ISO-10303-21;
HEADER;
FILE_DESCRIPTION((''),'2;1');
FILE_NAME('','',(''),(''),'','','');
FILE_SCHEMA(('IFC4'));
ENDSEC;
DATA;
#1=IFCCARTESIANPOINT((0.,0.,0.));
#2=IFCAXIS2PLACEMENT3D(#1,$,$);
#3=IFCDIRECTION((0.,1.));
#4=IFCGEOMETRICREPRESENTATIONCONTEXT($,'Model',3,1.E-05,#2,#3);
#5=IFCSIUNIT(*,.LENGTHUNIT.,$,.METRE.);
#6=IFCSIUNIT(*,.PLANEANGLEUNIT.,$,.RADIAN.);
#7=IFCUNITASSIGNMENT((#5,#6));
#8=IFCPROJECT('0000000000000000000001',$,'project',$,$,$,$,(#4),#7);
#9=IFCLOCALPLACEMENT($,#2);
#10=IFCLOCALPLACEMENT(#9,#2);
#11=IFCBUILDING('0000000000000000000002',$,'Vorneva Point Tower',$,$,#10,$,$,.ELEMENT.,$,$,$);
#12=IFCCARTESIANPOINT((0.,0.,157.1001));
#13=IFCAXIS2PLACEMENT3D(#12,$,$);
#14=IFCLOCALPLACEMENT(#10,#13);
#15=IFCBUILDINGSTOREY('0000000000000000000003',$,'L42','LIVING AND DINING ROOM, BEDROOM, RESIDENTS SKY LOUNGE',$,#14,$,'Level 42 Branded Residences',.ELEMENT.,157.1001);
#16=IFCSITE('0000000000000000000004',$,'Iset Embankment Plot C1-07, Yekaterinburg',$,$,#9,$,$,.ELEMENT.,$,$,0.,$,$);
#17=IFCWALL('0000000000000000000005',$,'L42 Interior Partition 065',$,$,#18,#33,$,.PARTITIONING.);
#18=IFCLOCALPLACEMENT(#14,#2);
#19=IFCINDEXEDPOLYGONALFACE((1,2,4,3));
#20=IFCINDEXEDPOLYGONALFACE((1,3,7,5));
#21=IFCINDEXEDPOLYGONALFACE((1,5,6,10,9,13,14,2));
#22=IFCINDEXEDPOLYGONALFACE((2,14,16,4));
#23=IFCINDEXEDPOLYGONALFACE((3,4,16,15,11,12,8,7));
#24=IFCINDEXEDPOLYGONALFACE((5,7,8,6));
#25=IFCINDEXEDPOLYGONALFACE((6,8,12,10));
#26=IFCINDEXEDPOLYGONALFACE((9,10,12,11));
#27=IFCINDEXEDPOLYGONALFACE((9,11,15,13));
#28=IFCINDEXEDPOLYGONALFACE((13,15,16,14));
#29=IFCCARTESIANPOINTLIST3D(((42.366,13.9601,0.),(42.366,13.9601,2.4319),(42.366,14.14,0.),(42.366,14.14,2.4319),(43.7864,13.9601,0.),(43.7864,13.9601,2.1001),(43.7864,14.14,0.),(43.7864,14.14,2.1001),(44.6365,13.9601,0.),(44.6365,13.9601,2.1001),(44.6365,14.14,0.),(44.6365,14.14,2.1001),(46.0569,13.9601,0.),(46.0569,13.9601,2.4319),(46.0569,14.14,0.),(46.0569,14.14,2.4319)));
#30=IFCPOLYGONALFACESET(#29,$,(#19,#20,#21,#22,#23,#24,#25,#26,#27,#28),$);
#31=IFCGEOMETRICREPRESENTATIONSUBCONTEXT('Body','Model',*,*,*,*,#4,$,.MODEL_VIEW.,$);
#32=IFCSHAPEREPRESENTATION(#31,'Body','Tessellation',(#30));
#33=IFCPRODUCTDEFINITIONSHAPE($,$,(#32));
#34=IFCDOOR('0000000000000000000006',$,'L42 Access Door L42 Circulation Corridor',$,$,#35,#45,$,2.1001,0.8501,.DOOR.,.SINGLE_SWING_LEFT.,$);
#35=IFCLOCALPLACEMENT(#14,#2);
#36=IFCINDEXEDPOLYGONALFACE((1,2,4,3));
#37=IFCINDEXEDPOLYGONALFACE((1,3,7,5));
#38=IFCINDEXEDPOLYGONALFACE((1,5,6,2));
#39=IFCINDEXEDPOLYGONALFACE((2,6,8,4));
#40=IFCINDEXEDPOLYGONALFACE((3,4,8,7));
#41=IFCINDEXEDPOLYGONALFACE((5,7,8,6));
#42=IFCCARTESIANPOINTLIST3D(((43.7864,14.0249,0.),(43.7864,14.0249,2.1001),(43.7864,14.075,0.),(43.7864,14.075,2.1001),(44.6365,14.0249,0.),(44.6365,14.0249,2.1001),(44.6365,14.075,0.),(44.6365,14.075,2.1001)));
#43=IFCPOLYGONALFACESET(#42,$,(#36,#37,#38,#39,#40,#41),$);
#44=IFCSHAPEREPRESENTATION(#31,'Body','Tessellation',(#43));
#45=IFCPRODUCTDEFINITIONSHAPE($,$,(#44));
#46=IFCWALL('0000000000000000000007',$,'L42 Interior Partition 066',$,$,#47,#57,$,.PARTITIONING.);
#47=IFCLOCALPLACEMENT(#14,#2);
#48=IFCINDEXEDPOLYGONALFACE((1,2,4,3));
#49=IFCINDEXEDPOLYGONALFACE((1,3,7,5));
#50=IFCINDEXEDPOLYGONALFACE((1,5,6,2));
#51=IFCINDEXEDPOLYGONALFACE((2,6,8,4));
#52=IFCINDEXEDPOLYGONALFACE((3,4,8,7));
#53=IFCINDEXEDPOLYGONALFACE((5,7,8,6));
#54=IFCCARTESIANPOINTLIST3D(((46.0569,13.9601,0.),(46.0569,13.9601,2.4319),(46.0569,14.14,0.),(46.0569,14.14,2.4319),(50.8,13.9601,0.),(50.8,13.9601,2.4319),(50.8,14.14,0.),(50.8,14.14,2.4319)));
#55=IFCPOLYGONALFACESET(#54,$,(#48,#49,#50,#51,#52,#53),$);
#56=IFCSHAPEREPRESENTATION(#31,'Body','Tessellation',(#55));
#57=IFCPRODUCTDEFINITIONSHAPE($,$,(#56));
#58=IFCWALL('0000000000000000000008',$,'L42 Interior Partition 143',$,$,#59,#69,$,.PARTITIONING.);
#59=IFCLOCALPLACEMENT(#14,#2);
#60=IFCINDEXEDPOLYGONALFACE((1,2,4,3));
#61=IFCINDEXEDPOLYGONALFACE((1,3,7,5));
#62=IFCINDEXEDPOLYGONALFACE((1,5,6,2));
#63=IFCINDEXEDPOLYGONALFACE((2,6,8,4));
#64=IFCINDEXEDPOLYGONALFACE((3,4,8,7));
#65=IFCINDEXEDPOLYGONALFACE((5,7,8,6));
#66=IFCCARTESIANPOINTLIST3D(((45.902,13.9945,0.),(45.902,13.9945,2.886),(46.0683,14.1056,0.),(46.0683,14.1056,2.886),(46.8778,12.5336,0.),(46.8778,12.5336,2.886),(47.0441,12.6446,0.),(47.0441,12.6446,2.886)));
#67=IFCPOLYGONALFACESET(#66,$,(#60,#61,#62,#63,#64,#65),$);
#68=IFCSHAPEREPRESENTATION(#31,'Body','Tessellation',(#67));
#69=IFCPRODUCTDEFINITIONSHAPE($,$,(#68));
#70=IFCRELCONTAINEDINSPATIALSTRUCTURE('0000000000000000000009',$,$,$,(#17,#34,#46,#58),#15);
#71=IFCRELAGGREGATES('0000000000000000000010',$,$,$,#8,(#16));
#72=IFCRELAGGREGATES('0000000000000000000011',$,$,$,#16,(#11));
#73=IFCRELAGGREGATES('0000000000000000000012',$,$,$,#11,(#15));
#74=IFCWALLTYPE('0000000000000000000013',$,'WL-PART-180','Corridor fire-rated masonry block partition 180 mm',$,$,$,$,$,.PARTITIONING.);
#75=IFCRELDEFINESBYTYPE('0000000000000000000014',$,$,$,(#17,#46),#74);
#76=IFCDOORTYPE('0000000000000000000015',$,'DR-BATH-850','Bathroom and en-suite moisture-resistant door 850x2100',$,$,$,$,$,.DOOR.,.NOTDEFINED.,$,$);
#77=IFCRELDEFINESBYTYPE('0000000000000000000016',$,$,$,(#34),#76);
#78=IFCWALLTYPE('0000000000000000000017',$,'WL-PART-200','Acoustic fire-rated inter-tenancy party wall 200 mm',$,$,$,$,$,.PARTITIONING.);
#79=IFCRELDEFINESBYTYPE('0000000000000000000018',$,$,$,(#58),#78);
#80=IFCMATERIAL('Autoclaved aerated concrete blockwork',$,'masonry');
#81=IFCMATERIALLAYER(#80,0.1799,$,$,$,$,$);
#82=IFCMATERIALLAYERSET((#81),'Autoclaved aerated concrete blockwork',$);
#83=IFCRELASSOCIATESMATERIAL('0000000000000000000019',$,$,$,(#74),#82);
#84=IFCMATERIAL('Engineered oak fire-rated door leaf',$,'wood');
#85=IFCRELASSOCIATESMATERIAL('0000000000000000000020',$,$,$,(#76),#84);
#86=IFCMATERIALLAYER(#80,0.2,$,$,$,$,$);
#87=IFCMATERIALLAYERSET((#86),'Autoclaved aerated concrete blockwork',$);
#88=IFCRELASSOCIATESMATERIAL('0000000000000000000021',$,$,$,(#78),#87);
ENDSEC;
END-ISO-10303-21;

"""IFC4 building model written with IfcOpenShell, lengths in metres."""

from ifc_helpers import new_model, si_unit, direction, frame, frame_2d, origin, place, context, subcontext, project, spatial, rectangle, extrude, material, layer, layer_set, type_object, element, fill, save


model = new_model("IFC4")

# Units and contexts
model_context = context("Model", 3, precision=1e-05, world=origin(), true_north=direction((0.0, 1.0)))
body_context = subcontext(model_context, "Body", "Model", "MODEL_VIEW")
ifc_project = project(units=[si_unit("LENGTHUNIT", "METRE"), si_unit("PLANEANGLEUNIT", "RADIAN")], contexts=[model_context])

# Site, building, storey
site_placement = place(None, origin())
site = spatial("IfcSite", under=ifc_project, at=site_placement, Name="Iset Embankment Plot C1-07, Yekaterinburg", CompositionType="ELEMENT", RefElevation=0.0)
building_placement = place(site_placement, origin())
building = spatial("IfcBuilding", under=site, at=building_placement, Name="Vorneva Point Tower", CompositionType="ELEMENT")
storey_placement = place(building_placement, frame((0.0, 0.0, 157.1001)))
storey = spatial("IfcBuildingStorey", under=building, at=storey_placement, Name="L42", Description="LIVING AND DINING ROOM, BEDROOM, RESIDENTS SKY LOUNGE", LongName="Level 42 Branded Residences", CompositionType="ELEMENT", Elevation=157.1001)

# Shared definitions
ifc_material_1 = material(Name="Autoclaved aerated concrete blockwork", Category="masonry")
ifc_layer_1 = layer(ifc_material_1, 0.1799)
ifc_layer_set_1 = layer_set([ifc_layer_1], Name="Autoclaved aerated concrete blockwork")
wall_type_1 = type_object("IfcWallType", Name="WL-PART-180", Description="Corridor fire-rated masonry block partition 180 mm", PredefinedType="PARTITIONING", material=ifc_layer_set_1)

# Wall, opening, door
ifc_material_2 = material(Name="Engineered oak fire-rated door leaf", Category="wood")
door_type_1 = type_object("IfcDoorType", Name="DR-BATH-850", Description="Bathroom and en-suite moisture-resistant door 850x2100", OperationType="NOTDEFINED", PredefinedType="DOOR", material=ifc_material_2)
wall_1_placement = place(storey_placement, frame((42.366, 14.05, 0.0), z_axis=(0.0, 0.0, 1.0), x_axis=(1.0, 0.0, 0.0)))
wall_1 = element("IfcWall", 1, at=wall_1_placement, inside=storey, type_object=wall_type_1, Name="L42 Interior Partition 065", PredefinedType="PARTITIONING", context=body_context, shape_type="SweptSolid", body=[
    extrude(rectangle(XDim=3.6909, YDim=0.1799, at=frame_2d((1.8455, 0.0))), origin(), (0.0, 0.0, 1.0), 2.4319),
])
opening_1_placement = place(wall_1_placement, frame((1.4204, 0.0, 0.0)))
opening_1 = element("IfcOpeningElement", 2, at=opening_1_placement, cuts=wall_1, PredefinedType="OPENING", context=body_context, shape_type="SweptSolid", body=[
    extrude(rectangle(XDim=0.8501, YDim=2.1001, at=frame_2d((0.425, 1.05))), frame((0.0, 0.105, 0.0), z_axis=(0.0, -1.0, 0.0), x_axis=(1.0, 0.0, 0.0)), (0.0, 0.0, 1.0), 0.2097),
])
door_1_placement = place(opening_1_placement, origin())
door_1 = element("IfcDoor", 3, at=door_1_placement, inside=storey, type_object=door_type_1, Name="L42 Access Door L42 Circulation Corridor", OperationType="SINGLE_SWING_LEFT", OverallHeight=2.1001, OverallWidth=0.8501, PredefinedType="DOOR", context=body_context, shape_type="SweptSolid", body=[
    extrude(rectangle(XDim=0.8501, YDim=2.1001, at=frame_2d((0.425, 1.05))), frame((0.0, 0.0249, 0.0), z_axis=(0.0, -1.0, 0.0), x_axis=(1.0, 0.0, 0.0)), (0.0, 0.0, 1.0), 0.05),
])
fill(opening_1, door_1)

# Walls
wall_2_placement = place(storey_placement, frame((46.0569, 14.05, 0.0), z_axis=(0.0, 0.0, 1.0), x_axis=(1.0, 0.0, 0.0)))
element("IfcWall", 4, at=wall_2_placement, inside=storey, type_object=wall_type_1, Name="L42 Interior Partition 066", PredefinedType="PARTITIONING", context=body_context, shape_type="SweptSolid", body=[
    extrude(rectangle(XDim=4.7432, YDim=0.1799, at=frame_2d((2.3716, 0.0))), origin(), (0.0, 0.0, 1.0), 2.4319),
])
ifc_layer_2 = layer(ifc_material_1, 0.2)
ifc_layer_set_2 = layer_set([ifc_layer_2], Name="Autoclaved aerated concrete blockwork")
wall_type_2 = type_object("IfcWallType", Name="WL-PART-200", Description="Acoustic fire-rated inter-tenancy party wall 200 mm", PredefinedType="PARTITIONING", material=ifc_layer_set_2)
wall_3_placement = place(storey_placement, frame((46.9609, 12.5891, 0.0), z_axis=(0.0, 0.0, 1.0), x_axis=(-0.555438, 0.831558, 0.0)))
element("IfcWall", 5, at=wall_3_placement, inside=storey, type_object=wall_type_2, Name="L42 Interior Partition 143", PredefinedType="PARTITIONING", context=body_context, shape_type="SweptSolid", body=[
    extrude(rectangle(XDim=1.7568, YDim=0.2, at=frame_2d((0.8784, 0.0))), origin(), (0.0, 0.0, 1.0), 2.886),
])

save(model, "model.ifc")
